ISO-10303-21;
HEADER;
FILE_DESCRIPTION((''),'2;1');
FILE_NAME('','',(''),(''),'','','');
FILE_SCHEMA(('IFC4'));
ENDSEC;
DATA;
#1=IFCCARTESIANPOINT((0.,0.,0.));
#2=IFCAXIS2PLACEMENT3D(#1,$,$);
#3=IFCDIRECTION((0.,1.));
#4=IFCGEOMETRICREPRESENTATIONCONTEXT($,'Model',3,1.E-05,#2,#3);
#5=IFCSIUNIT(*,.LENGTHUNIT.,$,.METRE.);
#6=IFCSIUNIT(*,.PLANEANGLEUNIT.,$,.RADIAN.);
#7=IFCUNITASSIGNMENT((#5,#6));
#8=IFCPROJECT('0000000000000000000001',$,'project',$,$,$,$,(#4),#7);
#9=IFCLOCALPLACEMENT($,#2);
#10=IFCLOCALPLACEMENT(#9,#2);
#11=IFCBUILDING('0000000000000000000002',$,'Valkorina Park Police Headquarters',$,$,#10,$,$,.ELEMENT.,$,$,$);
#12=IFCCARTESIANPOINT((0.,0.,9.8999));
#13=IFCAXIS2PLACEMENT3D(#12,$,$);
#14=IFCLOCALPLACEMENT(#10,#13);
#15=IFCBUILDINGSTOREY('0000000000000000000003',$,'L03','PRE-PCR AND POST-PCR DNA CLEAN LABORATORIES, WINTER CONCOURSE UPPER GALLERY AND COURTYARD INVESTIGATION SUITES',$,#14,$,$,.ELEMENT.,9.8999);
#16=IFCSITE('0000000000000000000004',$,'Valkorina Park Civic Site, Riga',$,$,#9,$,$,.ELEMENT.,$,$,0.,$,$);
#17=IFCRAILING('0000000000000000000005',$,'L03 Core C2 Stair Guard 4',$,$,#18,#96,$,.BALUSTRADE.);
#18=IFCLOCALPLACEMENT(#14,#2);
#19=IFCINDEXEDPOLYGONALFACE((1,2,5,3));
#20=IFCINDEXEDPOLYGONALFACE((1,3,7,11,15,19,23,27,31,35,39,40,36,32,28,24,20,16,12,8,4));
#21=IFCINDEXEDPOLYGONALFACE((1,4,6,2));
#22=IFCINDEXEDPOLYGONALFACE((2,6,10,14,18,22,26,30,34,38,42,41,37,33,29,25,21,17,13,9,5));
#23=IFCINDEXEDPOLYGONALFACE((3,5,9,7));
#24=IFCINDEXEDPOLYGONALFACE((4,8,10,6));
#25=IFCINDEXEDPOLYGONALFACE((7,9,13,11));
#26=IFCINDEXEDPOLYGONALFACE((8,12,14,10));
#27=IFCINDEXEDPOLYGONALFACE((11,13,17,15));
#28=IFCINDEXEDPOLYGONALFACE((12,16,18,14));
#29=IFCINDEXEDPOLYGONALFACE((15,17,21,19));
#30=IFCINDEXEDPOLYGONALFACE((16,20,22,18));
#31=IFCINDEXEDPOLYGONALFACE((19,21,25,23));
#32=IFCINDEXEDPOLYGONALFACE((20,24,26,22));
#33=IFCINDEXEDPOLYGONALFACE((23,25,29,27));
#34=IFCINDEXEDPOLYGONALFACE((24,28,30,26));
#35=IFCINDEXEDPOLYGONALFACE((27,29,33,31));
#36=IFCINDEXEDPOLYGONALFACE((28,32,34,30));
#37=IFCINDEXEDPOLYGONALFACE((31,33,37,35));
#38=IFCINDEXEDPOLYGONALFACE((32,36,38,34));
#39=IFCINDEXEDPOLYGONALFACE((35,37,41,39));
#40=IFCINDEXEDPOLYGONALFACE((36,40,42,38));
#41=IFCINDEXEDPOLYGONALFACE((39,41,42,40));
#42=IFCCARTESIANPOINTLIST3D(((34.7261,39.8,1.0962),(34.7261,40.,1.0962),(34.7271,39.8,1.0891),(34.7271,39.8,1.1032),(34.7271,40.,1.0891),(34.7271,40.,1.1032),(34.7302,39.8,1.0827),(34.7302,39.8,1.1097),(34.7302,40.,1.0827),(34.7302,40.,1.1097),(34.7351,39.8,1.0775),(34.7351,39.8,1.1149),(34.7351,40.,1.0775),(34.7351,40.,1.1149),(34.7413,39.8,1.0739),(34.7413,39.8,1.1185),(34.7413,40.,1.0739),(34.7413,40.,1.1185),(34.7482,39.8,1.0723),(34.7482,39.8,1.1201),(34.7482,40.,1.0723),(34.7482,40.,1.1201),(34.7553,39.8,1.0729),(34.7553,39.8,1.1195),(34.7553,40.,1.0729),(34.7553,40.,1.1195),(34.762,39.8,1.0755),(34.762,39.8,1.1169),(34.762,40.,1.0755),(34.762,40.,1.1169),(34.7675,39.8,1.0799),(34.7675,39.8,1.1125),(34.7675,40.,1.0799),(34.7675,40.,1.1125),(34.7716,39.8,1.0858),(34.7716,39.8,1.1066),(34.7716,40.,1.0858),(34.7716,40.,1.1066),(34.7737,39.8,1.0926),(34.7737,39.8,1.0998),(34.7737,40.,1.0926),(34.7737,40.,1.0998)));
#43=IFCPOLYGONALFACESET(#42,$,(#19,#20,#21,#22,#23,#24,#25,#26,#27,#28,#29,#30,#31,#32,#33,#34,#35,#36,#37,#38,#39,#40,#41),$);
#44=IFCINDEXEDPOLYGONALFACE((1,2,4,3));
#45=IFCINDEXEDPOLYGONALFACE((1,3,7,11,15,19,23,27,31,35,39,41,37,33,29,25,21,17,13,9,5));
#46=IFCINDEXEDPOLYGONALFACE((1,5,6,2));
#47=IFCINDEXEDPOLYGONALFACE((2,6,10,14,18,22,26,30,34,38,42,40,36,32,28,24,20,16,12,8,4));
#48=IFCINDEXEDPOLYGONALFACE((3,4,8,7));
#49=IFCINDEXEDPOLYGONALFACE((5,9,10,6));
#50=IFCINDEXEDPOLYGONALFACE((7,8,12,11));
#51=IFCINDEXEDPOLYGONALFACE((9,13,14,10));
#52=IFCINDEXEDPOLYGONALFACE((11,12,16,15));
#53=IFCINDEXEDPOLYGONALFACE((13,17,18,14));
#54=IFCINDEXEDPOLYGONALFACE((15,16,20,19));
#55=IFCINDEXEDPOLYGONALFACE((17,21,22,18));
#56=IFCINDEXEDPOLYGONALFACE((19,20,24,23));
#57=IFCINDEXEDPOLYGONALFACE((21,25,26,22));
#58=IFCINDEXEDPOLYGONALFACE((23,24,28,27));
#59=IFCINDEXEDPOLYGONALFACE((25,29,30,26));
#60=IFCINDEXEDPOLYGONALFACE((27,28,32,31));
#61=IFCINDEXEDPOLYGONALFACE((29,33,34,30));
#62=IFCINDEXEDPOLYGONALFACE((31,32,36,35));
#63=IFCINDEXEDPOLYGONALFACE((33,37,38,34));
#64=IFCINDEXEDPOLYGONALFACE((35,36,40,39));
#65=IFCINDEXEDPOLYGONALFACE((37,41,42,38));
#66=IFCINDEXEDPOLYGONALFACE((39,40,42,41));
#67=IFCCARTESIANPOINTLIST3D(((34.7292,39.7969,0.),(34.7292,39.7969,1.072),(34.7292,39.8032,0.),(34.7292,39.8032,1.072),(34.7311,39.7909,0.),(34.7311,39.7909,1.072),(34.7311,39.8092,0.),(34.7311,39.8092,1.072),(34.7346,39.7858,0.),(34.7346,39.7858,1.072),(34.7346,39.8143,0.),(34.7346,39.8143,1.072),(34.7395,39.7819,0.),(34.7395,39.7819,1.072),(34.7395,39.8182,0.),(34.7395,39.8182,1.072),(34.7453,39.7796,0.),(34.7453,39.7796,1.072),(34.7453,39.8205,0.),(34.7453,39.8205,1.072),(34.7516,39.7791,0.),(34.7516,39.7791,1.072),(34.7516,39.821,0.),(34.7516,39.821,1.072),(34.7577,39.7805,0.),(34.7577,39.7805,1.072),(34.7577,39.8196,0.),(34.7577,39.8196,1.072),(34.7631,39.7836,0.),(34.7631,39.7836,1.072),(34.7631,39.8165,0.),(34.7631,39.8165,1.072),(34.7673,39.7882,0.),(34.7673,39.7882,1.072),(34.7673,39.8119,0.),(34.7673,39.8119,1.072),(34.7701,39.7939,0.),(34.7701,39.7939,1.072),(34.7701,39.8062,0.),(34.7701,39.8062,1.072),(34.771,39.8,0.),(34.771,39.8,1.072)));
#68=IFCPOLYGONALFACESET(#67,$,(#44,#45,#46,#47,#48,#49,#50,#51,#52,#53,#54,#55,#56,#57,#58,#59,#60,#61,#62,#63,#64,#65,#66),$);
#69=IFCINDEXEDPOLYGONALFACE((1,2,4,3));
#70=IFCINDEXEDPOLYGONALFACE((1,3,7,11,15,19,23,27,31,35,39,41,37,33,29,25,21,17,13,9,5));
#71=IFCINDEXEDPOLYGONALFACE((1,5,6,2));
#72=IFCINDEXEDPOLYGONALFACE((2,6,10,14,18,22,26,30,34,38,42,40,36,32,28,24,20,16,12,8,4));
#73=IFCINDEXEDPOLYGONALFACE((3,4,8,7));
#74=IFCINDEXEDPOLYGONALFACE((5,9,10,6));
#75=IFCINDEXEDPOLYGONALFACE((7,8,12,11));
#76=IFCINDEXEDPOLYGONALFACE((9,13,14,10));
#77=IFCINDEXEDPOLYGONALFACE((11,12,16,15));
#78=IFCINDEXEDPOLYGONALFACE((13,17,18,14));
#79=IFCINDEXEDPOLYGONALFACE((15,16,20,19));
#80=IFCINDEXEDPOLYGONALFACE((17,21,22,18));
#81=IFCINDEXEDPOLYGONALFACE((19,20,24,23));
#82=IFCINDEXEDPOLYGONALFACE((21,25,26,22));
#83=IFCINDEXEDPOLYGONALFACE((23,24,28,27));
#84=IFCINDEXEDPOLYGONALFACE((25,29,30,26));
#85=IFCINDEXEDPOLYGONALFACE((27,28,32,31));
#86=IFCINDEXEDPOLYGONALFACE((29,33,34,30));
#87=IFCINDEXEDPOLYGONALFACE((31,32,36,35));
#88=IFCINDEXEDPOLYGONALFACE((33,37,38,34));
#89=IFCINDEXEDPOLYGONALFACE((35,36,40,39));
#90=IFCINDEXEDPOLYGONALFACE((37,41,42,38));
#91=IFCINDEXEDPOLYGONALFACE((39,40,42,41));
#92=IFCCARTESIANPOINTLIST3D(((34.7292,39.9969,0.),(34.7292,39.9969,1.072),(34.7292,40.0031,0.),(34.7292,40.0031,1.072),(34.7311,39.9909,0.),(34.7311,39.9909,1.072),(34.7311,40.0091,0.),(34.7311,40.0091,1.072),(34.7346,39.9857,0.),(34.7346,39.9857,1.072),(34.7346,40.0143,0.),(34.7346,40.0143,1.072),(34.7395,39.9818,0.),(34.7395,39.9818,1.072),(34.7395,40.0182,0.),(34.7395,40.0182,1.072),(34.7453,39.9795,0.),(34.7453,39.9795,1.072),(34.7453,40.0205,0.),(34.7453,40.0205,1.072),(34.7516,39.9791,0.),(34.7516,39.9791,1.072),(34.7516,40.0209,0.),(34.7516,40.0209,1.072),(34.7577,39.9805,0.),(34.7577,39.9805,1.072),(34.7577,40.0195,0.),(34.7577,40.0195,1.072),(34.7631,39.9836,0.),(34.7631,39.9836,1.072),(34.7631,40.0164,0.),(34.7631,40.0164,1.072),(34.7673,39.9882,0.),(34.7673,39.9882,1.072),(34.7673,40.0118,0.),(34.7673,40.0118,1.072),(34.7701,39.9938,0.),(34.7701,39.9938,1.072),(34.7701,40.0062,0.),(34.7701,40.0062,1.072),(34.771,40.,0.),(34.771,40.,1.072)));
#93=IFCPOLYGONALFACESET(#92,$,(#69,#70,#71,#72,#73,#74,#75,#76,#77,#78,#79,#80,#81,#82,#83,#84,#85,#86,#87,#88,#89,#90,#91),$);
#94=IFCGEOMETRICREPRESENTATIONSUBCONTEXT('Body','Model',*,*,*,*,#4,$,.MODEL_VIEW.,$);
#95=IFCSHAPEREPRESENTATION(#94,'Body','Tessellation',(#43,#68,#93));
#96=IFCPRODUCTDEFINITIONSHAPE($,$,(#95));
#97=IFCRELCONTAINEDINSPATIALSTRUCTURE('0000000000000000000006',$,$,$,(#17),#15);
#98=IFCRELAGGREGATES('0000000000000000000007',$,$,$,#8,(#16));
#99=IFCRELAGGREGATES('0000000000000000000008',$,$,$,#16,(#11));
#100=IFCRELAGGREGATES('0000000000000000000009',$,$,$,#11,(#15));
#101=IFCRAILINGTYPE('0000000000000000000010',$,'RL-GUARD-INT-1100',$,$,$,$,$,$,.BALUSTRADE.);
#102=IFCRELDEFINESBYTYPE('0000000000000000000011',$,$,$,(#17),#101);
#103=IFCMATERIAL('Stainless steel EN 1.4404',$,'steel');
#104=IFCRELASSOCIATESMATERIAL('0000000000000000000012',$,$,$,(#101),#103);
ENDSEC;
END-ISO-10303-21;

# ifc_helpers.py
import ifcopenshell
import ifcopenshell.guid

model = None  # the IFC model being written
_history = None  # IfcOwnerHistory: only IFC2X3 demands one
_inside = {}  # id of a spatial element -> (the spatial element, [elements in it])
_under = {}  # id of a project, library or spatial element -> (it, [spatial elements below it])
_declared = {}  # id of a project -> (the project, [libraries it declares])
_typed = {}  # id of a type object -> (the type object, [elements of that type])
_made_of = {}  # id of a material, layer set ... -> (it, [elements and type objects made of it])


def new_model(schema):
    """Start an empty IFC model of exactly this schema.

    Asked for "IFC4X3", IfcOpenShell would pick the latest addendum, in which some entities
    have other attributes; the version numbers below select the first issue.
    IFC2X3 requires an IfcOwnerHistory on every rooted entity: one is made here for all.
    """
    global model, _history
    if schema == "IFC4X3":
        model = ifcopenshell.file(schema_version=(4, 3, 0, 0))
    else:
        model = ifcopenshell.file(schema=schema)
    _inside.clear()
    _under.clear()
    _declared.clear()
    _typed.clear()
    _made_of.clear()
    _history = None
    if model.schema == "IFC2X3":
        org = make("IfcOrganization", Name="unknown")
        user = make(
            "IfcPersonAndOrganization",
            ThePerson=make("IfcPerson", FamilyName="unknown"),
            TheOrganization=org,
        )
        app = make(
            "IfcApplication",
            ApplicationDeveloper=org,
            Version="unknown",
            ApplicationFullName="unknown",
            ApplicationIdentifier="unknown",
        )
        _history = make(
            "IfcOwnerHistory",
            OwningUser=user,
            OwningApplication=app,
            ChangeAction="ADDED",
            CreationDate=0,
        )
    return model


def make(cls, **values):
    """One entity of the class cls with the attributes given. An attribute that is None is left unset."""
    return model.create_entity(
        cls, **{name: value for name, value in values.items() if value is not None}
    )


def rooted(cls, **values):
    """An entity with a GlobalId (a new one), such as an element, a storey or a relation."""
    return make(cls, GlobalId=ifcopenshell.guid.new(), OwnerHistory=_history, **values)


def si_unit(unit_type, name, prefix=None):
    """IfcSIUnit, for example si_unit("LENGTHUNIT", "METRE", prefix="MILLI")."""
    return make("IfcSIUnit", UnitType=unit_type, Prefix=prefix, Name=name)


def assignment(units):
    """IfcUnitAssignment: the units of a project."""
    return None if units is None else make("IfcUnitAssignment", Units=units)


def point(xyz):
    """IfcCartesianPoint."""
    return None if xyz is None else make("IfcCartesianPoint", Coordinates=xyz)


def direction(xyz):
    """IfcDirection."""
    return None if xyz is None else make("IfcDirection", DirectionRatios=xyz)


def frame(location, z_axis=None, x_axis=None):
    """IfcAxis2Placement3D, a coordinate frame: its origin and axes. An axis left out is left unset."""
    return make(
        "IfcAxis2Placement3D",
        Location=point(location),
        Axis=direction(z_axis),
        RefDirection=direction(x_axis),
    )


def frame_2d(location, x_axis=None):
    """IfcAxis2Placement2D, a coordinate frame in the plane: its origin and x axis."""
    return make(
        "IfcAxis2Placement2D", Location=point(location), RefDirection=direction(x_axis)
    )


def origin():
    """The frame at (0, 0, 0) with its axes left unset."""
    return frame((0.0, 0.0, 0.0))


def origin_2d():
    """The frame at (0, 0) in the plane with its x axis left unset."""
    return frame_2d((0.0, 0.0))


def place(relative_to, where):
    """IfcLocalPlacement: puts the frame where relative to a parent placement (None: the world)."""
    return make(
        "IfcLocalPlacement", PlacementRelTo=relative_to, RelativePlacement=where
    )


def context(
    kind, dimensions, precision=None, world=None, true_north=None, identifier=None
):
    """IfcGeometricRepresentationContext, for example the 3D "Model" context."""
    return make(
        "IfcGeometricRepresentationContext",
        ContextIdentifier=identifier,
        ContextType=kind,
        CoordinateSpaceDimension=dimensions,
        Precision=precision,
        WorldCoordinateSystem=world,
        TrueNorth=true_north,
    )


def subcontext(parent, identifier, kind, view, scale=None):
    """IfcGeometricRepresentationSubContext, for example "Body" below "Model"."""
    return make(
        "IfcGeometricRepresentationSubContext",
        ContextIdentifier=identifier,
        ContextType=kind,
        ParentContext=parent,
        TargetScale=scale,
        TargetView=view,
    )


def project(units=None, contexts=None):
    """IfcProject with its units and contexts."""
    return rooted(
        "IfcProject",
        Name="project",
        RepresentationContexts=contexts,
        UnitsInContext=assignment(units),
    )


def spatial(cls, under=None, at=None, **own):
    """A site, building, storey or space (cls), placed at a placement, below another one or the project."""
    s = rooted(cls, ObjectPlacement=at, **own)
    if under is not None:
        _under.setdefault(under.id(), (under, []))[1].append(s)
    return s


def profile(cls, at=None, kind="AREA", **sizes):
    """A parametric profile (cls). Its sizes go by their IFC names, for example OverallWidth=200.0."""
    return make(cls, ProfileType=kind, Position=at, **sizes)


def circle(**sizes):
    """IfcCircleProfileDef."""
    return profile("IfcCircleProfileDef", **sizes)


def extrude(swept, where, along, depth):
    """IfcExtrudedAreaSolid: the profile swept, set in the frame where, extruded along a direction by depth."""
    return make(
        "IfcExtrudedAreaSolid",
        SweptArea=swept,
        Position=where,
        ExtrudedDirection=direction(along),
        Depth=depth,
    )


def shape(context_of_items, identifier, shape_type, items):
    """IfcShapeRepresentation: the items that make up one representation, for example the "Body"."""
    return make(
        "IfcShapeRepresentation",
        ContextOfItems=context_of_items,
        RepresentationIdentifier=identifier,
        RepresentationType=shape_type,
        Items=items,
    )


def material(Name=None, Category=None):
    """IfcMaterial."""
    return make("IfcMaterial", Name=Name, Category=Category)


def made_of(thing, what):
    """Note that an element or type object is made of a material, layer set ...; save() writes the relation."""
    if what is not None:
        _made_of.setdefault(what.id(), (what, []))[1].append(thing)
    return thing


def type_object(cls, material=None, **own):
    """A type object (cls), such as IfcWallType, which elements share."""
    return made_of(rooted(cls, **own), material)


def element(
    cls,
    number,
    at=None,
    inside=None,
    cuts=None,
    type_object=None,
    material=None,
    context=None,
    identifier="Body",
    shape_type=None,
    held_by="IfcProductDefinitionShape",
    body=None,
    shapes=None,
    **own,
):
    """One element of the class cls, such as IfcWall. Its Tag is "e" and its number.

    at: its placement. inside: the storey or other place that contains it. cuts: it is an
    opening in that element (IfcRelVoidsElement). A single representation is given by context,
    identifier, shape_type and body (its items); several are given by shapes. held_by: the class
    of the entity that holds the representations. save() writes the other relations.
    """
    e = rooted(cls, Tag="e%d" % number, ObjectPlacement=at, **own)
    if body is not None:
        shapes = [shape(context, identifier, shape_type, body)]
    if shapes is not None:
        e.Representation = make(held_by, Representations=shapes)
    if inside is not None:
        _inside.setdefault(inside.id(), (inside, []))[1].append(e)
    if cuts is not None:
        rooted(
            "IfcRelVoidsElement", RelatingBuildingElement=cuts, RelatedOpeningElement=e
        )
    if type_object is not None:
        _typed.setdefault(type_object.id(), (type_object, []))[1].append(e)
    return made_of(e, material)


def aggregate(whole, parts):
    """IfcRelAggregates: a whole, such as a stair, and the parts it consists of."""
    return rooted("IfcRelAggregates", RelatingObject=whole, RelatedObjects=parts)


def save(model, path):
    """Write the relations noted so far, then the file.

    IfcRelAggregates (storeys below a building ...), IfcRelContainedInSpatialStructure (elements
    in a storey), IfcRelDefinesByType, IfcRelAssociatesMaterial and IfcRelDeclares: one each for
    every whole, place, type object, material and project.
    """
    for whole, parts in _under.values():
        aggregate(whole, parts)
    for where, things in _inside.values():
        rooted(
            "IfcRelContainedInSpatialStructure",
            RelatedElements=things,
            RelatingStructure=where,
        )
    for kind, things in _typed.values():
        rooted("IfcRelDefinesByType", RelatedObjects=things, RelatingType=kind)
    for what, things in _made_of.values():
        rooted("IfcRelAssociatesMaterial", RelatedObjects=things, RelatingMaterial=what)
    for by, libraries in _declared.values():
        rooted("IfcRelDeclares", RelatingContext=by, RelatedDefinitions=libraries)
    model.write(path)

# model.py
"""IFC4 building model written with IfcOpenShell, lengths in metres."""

from ifc_helpers import new_model, si_unit, direction, frame, origin, origin_2d, place, context, subcontext, project, spatial, circle, extrude, material, type_object, element, save


model = new_model("IFC4")

# Units and contexts
model_context = context("Model", 3, precision=1e-05, world=origin(), true_north=direction((0.0, 1.0)))
body_context = subcontext(model_context, "Body", "Model", "MODEL_VIEW")
ifc_project = project(units=[si_unit("LENGTHUNIT", "METRE"), si_unit("PLANEANGLEUNIT", "RADIAN")], contexts=[model_context])

# Site, building, storey
site_placement = place(None, origin())
site = spatial("IfcSite", under=ifc_project, at=site_placement, Name="Valkorina Park Civic Site, Riga", CompositionType="ELEMENT", RefElevation=0.0)
building_placement = place(site_placement, origin())
building = spatial("IfcBuilding", under=site, at=building_placement, Name="Valkorina Park Police Headquarters", CompositionType="ELEMENT")
storey_placement = place(building_placement, frame((0.0, 0.0, 9.8999)))
storey = spatial("IfcBuildingStorey", under=building, at=storey_placement, Name="L03", Description="PRE-PCR AND POST-PCR DNA CLEAN LABORATORIES, WINTER CONCOURSE UPPER GALLERY AND COURTYARD INVESTIGATION SUITES", CompositionType="ELEMENT", Elevation=9.8999)

# Shared definitions
ifc_material_1 = material(Name="Stainless steel EN 1.4404", Category="steel")

# Railing
railing_type_1 = type_object("IfcRailingType", Name="RL-GUARD-INT-1100", PredefinedType="BALUSTRADE", material=ifc_material_1)
railing_1_placement = place(storey_placement, frame((34.75, 39.8, 0.0)))
element("IfcRailing", 1, at=railing_1_placement, inside=storey, type_object=railing_type_1, Name="L03 Core C2 Stair Guard 4", PredefinedType="BALUSTRADE", context=body_context, shape_type="SweptSolid", body=[
    extrude(circle(Radius=0.0239, at=origin_2d()), frame((0.0, 0.0, 1.0962), z_axis=(0.0, 1.0, 0.0), x_axis=(-1.0, 0.0, 0.0)), (0.0, 0.0, 1.0), 0.2),
    extrude(circle(Radius=0.021, at=origin_2d()), origin(), (0.0, 0.0, 1.0), 1.072),
    extrude(circle(Radius=0.021, at=origin_2d()), frame((0.0, 0.2, 0.0)), (0.0, 0.0, 1.0), 1.072),
])

save(model, "model.ifc")
